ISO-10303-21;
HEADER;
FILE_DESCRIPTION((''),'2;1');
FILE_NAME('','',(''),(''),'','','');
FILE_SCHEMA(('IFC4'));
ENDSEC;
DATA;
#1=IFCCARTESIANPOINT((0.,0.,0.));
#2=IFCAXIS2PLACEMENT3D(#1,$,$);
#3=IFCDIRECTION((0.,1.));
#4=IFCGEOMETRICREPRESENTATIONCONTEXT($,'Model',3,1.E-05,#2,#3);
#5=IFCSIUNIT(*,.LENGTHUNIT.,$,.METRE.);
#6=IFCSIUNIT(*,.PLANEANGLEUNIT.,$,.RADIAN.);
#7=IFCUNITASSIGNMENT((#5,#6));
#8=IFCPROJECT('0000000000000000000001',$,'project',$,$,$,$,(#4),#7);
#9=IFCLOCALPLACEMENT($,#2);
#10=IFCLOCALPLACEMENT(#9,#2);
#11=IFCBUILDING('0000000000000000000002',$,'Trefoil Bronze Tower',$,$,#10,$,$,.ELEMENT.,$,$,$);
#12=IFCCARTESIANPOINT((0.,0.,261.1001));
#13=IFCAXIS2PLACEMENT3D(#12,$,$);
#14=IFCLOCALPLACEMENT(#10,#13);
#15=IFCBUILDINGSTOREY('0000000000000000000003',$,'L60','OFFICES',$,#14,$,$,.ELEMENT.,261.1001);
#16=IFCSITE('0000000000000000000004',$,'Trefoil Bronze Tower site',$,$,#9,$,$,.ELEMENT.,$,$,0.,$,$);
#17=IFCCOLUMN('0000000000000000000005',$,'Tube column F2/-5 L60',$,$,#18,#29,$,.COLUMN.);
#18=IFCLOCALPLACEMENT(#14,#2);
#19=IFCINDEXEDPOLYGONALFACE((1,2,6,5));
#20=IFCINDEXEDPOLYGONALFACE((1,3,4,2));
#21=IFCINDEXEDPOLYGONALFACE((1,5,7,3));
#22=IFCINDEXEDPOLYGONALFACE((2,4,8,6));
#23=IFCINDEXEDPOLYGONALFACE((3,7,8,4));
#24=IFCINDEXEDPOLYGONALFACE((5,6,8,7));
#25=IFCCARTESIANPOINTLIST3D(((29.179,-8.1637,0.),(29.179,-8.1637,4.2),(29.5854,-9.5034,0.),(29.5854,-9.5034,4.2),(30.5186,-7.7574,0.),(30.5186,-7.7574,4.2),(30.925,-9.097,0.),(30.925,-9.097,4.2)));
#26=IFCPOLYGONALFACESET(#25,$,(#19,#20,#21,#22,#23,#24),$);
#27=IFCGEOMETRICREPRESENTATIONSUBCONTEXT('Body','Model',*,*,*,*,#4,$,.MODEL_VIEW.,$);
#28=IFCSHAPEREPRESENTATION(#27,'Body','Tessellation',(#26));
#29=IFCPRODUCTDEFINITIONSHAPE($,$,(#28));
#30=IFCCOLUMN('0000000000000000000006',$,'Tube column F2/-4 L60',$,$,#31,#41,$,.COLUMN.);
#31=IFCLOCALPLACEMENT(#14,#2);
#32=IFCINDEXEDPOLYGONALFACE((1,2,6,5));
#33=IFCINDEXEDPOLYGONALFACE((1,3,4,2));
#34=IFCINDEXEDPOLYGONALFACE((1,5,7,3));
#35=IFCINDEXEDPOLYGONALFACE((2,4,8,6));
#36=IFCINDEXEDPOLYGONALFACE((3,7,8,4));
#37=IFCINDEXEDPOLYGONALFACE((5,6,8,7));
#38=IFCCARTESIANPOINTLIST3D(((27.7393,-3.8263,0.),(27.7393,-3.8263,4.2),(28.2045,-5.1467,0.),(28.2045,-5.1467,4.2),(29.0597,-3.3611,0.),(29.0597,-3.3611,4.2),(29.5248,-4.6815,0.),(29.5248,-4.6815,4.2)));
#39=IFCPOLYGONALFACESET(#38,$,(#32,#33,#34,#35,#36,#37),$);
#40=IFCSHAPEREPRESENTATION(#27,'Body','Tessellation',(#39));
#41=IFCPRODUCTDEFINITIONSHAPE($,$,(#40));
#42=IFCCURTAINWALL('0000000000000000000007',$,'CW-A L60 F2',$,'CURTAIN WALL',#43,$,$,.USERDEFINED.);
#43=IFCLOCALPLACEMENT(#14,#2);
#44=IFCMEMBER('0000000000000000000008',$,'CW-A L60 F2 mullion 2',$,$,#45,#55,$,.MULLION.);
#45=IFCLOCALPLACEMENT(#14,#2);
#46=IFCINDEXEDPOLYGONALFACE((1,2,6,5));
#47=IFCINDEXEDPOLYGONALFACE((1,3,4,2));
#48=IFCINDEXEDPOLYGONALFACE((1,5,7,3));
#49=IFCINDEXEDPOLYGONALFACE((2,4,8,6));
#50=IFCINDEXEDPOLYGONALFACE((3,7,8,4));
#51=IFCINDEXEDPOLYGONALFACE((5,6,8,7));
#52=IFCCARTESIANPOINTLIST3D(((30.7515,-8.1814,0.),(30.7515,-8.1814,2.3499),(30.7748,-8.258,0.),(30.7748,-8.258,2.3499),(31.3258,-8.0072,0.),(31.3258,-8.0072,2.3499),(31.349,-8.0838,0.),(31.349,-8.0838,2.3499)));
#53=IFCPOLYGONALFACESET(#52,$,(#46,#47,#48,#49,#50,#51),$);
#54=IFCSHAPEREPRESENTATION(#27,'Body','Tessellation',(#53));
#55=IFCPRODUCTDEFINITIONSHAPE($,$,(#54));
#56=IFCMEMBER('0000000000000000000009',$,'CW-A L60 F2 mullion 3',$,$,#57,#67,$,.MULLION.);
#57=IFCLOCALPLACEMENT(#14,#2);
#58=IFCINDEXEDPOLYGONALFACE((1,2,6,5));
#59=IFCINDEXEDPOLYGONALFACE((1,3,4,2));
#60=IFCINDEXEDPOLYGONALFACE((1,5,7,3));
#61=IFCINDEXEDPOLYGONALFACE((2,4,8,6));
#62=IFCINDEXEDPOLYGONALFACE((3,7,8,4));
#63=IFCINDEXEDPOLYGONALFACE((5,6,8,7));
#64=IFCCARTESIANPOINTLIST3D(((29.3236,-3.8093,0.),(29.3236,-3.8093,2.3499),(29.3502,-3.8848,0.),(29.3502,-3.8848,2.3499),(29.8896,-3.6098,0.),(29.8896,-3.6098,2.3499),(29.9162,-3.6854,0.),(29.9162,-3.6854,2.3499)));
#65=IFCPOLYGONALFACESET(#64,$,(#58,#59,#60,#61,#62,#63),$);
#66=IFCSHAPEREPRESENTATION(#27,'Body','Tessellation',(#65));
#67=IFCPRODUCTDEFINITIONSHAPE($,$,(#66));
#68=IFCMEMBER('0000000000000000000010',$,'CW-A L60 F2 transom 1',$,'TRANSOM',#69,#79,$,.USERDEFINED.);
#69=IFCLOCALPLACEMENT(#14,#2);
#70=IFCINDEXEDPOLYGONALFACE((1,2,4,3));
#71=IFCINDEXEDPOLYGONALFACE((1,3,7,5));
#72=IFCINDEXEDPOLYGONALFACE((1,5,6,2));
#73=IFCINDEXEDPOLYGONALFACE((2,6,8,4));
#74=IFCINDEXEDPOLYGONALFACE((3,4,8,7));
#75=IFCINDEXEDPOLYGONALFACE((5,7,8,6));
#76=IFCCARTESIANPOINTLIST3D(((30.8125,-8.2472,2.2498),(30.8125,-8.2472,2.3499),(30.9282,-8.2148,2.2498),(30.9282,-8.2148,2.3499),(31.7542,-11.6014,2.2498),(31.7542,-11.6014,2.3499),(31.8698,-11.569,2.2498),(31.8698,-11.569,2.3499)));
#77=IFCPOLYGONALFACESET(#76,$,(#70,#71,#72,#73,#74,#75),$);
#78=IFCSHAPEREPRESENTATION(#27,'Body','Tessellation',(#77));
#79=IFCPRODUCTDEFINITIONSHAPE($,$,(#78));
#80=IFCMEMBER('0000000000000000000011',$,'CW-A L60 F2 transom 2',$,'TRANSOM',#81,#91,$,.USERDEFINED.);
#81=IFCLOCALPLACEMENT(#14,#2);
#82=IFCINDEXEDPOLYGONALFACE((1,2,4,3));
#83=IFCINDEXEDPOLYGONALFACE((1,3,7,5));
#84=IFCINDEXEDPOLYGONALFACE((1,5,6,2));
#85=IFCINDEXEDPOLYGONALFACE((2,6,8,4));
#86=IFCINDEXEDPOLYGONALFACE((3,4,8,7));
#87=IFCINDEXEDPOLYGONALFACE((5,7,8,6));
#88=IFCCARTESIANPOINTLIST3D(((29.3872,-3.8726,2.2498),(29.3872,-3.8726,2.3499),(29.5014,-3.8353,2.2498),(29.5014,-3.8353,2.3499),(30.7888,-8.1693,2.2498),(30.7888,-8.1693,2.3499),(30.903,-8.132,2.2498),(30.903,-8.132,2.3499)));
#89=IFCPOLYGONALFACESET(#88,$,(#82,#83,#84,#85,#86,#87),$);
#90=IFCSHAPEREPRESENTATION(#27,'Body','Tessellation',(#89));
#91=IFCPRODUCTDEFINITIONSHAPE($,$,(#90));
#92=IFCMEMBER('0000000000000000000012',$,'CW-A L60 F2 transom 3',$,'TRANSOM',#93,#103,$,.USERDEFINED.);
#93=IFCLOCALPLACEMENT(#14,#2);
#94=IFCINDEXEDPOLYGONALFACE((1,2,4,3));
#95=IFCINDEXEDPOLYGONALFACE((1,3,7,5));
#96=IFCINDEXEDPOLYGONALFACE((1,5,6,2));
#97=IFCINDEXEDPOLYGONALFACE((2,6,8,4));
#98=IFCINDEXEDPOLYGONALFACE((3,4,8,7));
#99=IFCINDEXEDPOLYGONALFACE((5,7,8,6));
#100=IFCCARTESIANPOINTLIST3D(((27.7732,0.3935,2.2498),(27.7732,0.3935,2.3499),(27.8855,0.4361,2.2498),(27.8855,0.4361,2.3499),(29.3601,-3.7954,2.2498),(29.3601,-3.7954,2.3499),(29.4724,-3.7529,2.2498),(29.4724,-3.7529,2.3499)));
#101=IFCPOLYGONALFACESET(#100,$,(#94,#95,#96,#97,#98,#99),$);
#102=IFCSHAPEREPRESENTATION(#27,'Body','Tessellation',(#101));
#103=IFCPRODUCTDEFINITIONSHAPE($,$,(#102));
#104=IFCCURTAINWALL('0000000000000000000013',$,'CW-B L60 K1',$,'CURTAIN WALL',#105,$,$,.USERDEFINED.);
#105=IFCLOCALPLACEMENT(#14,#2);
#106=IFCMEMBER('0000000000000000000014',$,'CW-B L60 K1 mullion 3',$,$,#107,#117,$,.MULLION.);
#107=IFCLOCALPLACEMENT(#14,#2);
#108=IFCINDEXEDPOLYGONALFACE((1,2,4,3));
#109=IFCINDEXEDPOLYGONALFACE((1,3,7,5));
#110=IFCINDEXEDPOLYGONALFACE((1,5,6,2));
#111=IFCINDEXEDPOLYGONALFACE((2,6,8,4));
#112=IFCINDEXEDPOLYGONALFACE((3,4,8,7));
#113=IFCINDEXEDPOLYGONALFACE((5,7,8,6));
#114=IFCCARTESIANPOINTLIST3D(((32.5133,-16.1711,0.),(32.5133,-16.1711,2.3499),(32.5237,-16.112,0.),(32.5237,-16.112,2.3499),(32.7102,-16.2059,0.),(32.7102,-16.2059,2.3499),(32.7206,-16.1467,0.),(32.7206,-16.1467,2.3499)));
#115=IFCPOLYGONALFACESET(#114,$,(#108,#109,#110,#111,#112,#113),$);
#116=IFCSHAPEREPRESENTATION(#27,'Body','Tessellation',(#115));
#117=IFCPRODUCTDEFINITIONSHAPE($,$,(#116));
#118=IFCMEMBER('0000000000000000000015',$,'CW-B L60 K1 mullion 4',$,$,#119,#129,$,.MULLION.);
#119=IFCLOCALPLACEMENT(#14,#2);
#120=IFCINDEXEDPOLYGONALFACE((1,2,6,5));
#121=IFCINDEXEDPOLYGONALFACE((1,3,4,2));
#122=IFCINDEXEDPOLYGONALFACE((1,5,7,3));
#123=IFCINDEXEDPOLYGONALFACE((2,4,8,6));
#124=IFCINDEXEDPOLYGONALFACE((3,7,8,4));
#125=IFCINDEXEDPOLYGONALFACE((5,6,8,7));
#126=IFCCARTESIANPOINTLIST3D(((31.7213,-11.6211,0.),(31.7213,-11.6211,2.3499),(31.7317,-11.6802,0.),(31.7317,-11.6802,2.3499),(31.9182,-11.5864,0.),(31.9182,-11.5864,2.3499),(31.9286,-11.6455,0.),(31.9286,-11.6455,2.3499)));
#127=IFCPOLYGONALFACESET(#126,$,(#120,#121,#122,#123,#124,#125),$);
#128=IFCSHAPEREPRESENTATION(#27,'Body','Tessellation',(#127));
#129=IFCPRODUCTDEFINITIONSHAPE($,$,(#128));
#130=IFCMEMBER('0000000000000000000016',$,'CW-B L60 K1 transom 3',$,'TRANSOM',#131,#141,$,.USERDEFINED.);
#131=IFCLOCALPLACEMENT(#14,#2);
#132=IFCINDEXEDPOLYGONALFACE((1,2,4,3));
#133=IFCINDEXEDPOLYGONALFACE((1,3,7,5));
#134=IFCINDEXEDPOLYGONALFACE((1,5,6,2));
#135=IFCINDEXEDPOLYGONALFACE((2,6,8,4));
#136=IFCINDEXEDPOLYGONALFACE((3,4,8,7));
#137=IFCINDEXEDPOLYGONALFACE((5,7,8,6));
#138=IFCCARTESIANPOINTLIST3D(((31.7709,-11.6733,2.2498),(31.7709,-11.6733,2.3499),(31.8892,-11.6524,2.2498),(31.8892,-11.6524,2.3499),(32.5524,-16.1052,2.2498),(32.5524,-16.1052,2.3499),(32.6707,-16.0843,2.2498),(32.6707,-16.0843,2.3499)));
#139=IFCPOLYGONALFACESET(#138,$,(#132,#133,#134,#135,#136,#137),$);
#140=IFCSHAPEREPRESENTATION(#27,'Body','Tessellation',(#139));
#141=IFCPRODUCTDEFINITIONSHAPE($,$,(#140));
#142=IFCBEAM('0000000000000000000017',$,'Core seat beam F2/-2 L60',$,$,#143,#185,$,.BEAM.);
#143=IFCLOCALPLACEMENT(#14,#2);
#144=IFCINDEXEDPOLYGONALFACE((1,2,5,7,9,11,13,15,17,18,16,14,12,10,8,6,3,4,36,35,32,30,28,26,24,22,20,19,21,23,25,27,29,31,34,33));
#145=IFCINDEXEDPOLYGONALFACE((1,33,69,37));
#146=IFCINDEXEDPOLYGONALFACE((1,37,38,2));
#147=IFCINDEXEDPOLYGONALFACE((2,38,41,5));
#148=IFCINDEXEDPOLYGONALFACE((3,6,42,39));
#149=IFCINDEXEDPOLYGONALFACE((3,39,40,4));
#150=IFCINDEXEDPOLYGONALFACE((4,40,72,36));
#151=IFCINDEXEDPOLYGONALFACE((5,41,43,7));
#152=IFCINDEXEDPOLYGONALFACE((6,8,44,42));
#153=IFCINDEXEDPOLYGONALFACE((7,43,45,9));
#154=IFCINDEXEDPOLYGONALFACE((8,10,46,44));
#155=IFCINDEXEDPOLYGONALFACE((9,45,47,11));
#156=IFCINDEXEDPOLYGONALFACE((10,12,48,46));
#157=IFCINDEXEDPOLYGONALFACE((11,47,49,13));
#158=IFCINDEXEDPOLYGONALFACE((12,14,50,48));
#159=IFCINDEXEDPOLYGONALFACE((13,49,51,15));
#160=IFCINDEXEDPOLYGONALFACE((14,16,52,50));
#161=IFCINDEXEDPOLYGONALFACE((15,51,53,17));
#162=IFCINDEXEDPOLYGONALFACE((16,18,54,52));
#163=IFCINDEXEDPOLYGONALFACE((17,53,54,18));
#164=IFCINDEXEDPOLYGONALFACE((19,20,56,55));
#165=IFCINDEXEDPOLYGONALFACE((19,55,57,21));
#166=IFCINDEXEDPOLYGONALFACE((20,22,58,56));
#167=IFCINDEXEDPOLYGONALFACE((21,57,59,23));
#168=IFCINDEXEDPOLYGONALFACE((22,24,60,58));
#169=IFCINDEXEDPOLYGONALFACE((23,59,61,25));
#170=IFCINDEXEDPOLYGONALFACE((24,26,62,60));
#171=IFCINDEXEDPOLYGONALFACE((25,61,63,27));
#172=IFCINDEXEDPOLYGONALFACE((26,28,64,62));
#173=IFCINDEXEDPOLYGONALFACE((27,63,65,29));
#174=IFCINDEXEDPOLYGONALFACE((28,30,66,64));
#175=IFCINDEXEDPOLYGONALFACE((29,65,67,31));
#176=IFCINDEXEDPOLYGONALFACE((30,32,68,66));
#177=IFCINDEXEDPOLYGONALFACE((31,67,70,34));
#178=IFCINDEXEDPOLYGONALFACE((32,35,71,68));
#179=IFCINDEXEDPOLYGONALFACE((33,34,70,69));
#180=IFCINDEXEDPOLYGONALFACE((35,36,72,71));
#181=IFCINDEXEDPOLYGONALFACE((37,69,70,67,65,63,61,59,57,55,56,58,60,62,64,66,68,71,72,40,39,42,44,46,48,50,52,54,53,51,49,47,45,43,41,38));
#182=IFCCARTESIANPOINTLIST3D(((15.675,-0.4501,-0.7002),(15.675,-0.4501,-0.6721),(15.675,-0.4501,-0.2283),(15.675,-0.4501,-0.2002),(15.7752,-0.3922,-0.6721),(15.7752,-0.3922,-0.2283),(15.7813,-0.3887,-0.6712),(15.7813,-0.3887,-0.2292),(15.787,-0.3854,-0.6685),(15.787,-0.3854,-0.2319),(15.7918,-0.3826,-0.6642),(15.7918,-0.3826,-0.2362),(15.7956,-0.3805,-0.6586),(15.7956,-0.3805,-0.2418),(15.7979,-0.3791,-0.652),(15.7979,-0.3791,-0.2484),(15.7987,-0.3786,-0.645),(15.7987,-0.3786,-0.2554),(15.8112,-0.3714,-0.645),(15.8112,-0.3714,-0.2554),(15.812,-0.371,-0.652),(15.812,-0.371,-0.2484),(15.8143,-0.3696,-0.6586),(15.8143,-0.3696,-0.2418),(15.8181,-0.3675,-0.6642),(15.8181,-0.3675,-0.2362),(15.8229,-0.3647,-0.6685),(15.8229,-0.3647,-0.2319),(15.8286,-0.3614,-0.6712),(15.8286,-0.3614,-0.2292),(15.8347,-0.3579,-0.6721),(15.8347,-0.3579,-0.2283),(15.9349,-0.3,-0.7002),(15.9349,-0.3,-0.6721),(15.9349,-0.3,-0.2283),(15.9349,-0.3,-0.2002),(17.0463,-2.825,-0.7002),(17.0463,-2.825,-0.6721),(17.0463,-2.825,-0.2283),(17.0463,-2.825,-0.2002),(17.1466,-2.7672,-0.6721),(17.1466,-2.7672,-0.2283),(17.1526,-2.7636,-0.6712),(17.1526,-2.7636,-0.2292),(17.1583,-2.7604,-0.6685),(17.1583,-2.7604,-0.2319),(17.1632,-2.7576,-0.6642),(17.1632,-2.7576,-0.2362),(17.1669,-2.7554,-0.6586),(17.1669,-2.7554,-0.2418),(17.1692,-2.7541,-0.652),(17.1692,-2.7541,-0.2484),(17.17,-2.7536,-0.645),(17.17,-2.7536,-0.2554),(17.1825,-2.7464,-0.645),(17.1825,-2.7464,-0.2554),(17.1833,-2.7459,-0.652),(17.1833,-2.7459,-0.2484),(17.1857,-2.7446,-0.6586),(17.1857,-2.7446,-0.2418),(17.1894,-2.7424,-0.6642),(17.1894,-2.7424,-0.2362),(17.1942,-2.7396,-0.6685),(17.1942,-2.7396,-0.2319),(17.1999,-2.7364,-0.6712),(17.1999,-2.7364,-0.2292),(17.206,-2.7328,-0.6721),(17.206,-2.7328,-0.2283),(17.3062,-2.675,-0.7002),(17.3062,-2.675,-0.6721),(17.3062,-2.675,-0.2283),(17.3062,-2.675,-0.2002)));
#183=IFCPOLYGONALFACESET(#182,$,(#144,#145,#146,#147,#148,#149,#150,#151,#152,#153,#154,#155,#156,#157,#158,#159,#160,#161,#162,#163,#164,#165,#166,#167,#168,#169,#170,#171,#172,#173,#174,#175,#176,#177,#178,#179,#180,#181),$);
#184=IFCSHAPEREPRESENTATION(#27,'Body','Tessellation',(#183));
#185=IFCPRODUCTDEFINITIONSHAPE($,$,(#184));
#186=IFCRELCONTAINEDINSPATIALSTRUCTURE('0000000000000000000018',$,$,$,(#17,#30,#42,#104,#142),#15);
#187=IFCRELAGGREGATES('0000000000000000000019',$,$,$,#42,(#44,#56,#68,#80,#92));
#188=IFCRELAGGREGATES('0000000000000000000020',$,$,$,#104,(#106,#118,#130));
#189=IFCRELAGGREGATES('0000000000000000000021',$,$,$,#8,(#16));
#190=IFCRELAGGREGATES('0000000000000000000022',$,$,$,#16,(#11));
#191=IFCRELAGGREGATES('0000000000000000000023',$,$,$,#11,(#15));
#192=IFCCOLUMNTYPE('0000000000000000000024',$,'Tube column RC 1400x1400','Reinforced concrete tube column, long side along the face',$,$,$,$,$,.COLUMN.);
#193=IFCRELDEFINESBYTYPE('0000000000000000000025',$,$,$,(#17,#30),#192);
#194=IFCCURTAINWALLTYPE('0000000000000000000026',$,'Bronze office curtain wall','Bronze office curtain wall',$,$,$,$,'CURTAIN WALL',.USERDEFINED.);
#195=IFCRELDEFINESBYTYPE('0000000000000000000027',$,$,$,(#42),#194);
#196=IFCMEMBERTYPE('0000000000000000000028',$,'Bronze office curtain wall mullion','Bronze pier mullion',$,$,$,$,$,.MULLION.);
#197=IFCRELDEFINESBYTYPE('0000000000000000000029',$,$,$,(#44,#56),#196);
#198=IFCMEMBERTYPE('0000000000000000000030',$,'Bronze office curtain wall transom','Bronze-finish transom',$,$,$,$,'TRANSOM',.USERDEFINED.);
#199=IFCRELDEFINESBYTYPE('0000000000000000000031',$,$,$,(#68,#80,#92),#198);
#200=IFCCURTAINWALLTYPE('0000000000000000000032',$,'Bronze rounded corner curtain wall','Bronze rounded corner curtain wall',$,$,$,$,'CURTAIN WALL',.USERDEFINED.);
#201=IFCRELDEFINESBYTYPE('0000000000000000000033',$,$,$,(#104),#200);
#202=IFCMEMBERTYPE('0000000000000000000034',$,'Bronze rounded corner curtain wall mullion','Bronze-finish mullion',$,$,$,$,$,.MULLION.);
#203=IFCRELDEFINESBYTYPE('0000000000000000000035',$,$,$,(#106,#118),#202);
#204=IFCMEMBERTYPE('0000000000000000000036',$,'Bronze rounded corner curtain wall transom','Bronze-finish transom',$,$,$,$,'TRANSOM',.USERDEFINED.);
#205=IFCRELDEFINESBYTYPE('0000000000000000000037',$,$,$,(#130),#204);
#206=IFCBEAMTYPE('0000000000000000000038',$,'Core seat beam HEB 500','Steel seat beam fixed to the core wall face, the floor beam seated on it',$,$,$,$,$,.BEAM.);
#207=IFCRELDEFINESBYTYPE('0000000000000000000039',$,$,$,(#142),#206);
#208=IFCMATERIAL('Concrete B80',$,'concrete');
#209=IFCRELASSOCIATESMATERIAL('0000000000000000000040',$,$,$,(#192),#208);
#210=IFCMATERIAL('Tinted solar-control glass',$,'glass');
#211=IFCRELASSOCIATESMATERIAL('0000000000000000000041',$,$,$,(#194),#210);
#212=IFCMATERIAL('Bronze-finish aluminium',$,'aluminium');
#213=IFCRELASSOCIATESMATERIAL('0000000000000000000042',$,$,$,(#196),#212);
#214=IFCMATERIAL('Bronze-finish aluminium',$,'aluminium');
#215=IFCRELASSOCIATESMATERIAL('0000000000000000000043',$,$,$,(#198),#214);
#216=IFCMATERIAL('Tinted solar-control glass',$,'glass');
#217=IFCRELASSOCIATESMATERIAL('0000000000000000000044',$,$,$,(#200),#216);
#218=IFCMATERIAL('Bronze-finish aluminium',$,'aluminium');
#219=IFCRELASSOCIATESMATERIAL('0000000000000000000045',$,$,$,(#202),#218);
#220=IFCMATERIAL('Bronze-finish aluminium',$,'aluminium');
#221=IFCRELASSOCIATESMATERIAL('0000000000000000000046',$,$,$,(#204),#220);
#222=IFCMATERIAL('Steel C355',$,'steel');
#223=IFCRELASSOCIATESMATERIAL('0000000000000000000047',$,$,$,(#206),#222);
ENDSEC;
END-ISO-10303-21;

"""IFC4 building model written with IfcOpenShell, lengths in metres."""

from ifc_helpers import new_model, si_unit, direction, frame, origin, origin_2d, place, context, subcontext, project, spatial, rectangle, i_section, extrude, material, material_profile, profile_set, type_object, element, aggregate, save


model = new_model("IFC4")

# Units and contexts
model_context = context("Model", 3, precision=1e-05, world=origin(), true_north=direction((0.0, 1.0)))
body_context = subcontext(model_context, "Body", "Model", "MODEL_VIEW")
ifc_project = project(units=[si_unit("LENGTHUNIT", "METRE"), si_unit("PLANEANGLEUNIT", "RADIAN")], contexts=[model_context])

# Site, building, storey
site_placement = place(None, origin())
site = spatial("IfcSite", under=ifc_project, at=site_placement, Name="Trefoil Bronze Tower site", CompositionType="ELEMENT", RefElevation=0.0)
building_placement = place(site_placement, origin())
building = spatial("IfcBuilding", under=site, at=building_placement, Name="Trefoil Bronze Tower", CompositionType="ELEMENT")
storey_placement = place(building_placement, frame((0.0, 0.0, 261.1001)))
storey = spatial("IfcBuildingStorey", under=building, at=storey_placement, Name="L60", Description="OFFICES", CompositionType="ELEMENT", Elevation=261.1001)

# Columns
ifc_material_1 = material(Name="Concrete B80", Category="concrete")
ifc_material_profile_1 = material_profile(ifc_material_1, rectangle(XDim=1.3999, YDim=1.3999, at=origin_2d()), Name="RC 1400x1400")
ifc_profile_set_1 = profile_set([ifc_material_profile_1], Name="Concrete B80")
column_type = type_object("IfcColumnType", Name="Tube column RC 1400x1400", Description="Reinforced concrete tube column, long side along the face", PredefinedType="COLUMN", material=ifc_profile_set_1)
for number, where, z_axis, x_axis, name in (
    (1, (30.052, -8.6304, 0.0), (0.0, 0.0, 1.0), (-0.290278, 0.956942, 0.0), "Tube column F2/-5 L60"),
    (2, (28.6321, -4.2539, 0.0), (0.0, 0.0, 1.0), (-0.332282, 0.94318, 0.0), "Tube column F2/-4 L60"),
):
    element("IfcColumn", number, at=place(storey_placement, frame(where, z_axis=z_axis, x_axis=x_axis)), inside=storey, type_object=column_type, Name=name, PredefinedType="COLUMN", context=body_context, shape_type="SweptSolid", body=[
        extrude(rectangle(XDim=1.3999, YDim=1.3999, at=origin_2d()), origin(), (0.0, 0.0, 1.0), 4.2),
    ])

# Curtain walls, members
ifc_material_2 = material(Name="Tinted solar-control glass", Category="glass")
curtain_wall_type_1 = type_object("IfcCurtainWallType", Name="Bronze office curtain wall", Description="Bronze office curtain wall", ElementType="CURTAIN WALL", PredefinedType="USERDEFINED", material=ifc_material_2)
curtain_wall_1_placement = place(storey_placement, origin())
curtain_wall_1 = element("IfcCurtainWall", 3, at=curtain_wall_1_placement, inside=storey, type_object=curtain_wall_type_1, Name="CW-A L60 F2", ObjectType="CURTAIN WALL", PredefinedType="USERDEFINED")
ifc_material_3 = material(Name="Bronze-finish aluminium", Category="aluminium")
ifc_material_profile_2 = material_profile(ifc_material_3, rectangle(XDim=0.6001, YDim=0.0801, at=origin_2d()), Name="CW-A mullion")
ifc_profile_set_2 = profile_set([ifc_material_profile_2], Name="Bronze-finish aluminium")
member_type_1 = type_object("IfcMemberType", Name="Bronze office curtain wall mullion", Description="Bronze pier mullion", PredefinedType="MULLION", material=ifc_profile_set_2)
member_1_placement = place(storey_placement, frame((31.0503, -8.1326, 0.0), z_axis=(0.0, 0.0, 1.0), x_axis=(-0.956942, -0.290278, 0.0)))
member_1 = element("IfcMember", 4, at=member_1_placement, type_object=member_type_1, Name="CW-A L60 F2 mullion 2", PredefinedType="MULLION", context=body_context, shape_type="SweptSolid", body=[
    extrude(rectangle(XDim=0.6001, YDim=0.0801, at=origin_2d()), origin(), (0.0, 0.0, 1.0), 2.3499),
])
member_2_placement = place(storey_placement, frame((29.6199, -3.7473, 0.0), z_axis=(0.0, 0.0, 1.0), x_axis=(-0.94318, -0.332282, 0.0)))
member_2 = element("IfcMember", 5, at=member_2_placement, type_object=member_type_1, Name="CW-A L60 F2 mullion 3", PredefinedType="MULLION", context=body_context, shape_type="SweptSolid", body=[
    extrude(rectangle(XDim=0.6001, YDim=0.0801, at=origin_2d()), origin(), (0.0, 0.0, 1.0), 2.3499),
])
ifc_material_4 = material(Name="Bronze-finish aluminium", Category="aluminium")
ifc_material_profile_3 = material_profile(ifc_material_4, rectangle(XDim=0.1201, YDim=0.1001, at=origin_2d()), Name="CW-A transom")
ifc_profile_set_3 = profile_set([ifc_material_profile_3], Name="Bronze-finish aluminium")
member_type_2 = type_object("IfcMemberType", Name="Bronze office curtain wall transom", Description="Bronze-finish transom", ElementType="TRANSOM", PredefinedType="USERDEFINED", material=ifc_profile_set_3)
member_3_placement = place(storey_placement, frame((31.812, -11.5852, 2.2998), z_axis=(-0.270285, 0.96278, 0.0), x_axis=(-0.96278, -0.270285, 0.0)))
member_3 = element("IfcMember", 6, at=member_3_placement, type_object=member_type_2, Name="CW-A L60 F2 transom 1", ObjectType="TRANSOM", PredefinedType="USERDEFINED", context=body_context, shape_type="SweptSolid", body=[
    extrude(rectangle(XDim=0.1201, YDim=0.1001, at=origin_2d()), origin(), (0.0, 0.0, 1.0), 3.4839),
])
member_4_placement = place(storey_placement, frame((30.8459, -8.1506, 2.2998), z_axis=(-0.310128, 0.950695, 0.0), x_axis=(-0.950695, -0.310128, 0.0)))
member_4 = element("IfcMember", 7, at=member_4_placement, type_object=member_type_2, Name="CW-A L60 F2 transom 2", ObjectType="TRANSOM", PredefinedType="USERDEFINED", context=body_context, shape_type="SweptSolid", body=[
    extrude(rectangle(XDim=0.1201, YDim=0.1001, at=origin_2d()), origin(), (0.0, 0.0, 1.0), 4.5195),
])
member_5_placement = place(storey_placement, frame((29.4163, -3.7742, 2.2998), z_axis=(-0.354263, 0.935146, 0.0), x_axis=(-0.935146, -0.354263, 0.0)))
member_5 = element("IfcMember", 8, at=member_5_placement, type_object=member_type_2, Name="CW-A L60 F2 transom 3", ObjectType="TRANSOM", PredefinedType="USERDEFINED", context=body_context, shape_type="SweptSolid", body=[
    extrude(rectangle(XDim=0.1201, YDim=0.1001, at=origin_2d()), origin(), (0.0, 0.0, 1.0), 4.4795),
])
ifc_material_5 = material(Name="Tinted solar-control glass", Category="glass")
curtain_wall_type_2 = type_object("IfcCurtainWallType", Name="Bronze rounded corner curtain wall", Description="Bronze rounded corner curtain wall", ElementType="CURTAIN WALL", PredefinedType="USERDEFINED", material=ifc_material_5)
curtain_wall_2_placement = place(storey_placement, origin())
curtain_wall_2 = element("IfcCurtainWall", 9, at=curtain_wall_2_placement, inside=storey, type_object=curtain_wall_type_2, Name="CW-B L60 K1", ObjectType="CURTAIN WALL", PredefinedType="USERDEFINED")
ifc_material_6 = material(Name="Bronze-finish aluminium", Category="aluminium")
ifc_material_profile_4 = material_profile(ifc_material_6, rectangle(XDim=0.2, YDim=0.0601, at=origin_2d()), Name="CW-B mullion")
ifc_profile_set_4 = profile_set([ifc_material_profile_4], Name="Bronze-finish aluminium")
member_type_3 = type_object("IfcMemberType", Name="Bronze rounded corner curtain wall mullion", Description="Bronze-finish mullion", PredefinedType="MULLION", material=ifc_profile_set_4)
member_6_placement = place(storey_placement, frame((32.6169, -16.1589, 0.0), z_axis=(0.0, 0.0, 1.0), x_axis=(-0.984808, 0.173648, 0.0)))
member_6 = element("IfcMember", 10, at=member_6_placement, type_object=member_type_3, Name="CW-B L60 K1 mullion 3", PredefinedType="MULLION", context=body_context, shape_type="SweptSolid", body=[
    extrude(rectangle(XDim=0.2, YDim=0.0601, at=origin_2d()), origin(), (0.0, 0.0, 1.0), 2.3499),
])
member_7_placement = place(storey_placement, frame((31.825, -11.6333, 0.0), z_axis=(0.0, 0.0, 1.0), x_axis=(-0.984808, -0.173648, 0.0)))
member_7 = element("IfcMember", 11, at=member_7_placement, type_object=member_type_3, Name="CW-B L60 K1 mullion 4", PredefinedType="MULLION", context=body_context, shape_type="SweptSolid", body=[
    extrude(rectangle(XDim=0.2, YDim=0.0601, at=origin_2d()), origin(), (0.0, 0.0, 1.0), 2.3499),
])
ifc_material_7 = material(Name="Bronze-finish aluminium", Category="aluminium")
ifc_material_profile_5 = material_profile(ifc_material_7, rectangle(XDim=0.1201, YDim=0.1001, at=origin_2d()), Name="CW-B transom")
ifc_profile_set_5 = profile_set([ifc_material_profile_5], Name="Bronze-finish aluminium")
member_type_4 = type_object("IfcMemberType", Name="Bronze rounded corner curtain wall transom", Description="Bronze-finish transom", ElementType="TRANSOM", PredefinedType="USERDEFINED", material=ifc_profile_set_5)
member_8_placement = place(storey_placement, frame((32.6116, -16.0947, 2.2998), z_axis=(-0.173655, 0.984806, 0.0), x_axis=(-0.984806, -0.173655, 0.0)))
member_8 = element("IfcMember", 12, at=member_8_placement, type_object=member_type_4, Name="CW-B L60 K1 transom 3", ObjectType="TRANSOM", PredefinedType="USERDEFINED", context=body_context, shape_type="SweptSolid", body=[
    extrude(rectangle(XDim=0.1201, YDim=0.1001, at=origin_2d()), origin(), (0.0, 0.0, 1.0), 4.5002),
])

# Beam
ifc_material_8 = material(Name="Steel C355", Category="steel")
ifc_material_profile_6 = material_profile(ifc_material_8, i_section(OverallWidth=0.3, OverallDepth=0.5, WebThickness=0.0144, FlangeThickness=0.0281, FilletRadius=0.0271, at=origin_2d()), Name="HEB 500")
ifc_profile_set_6 = profile_set([ifc_material_profile_6], Name="Steel C355")
beam_type_1 = type_object("IfcBeamType", Name="Core seat beam HEB 500", Description="Steel seat beam fixed to the core wall face, the floor beam seated on it", PredefinedType="BEAM", material=ifc_profile_set_6)
beam_1_placement = place(storey_placement, frame((17.1763, -2.75, -0.4502), z_axis=(-0.500036, 0.866005, 0.0), x_axis=(-0.866005, -0.500036, 0.0)))
element("IfcBeam", 13, at=beam_1_placement, inside=storey, type_object=beam_type_1, Name="Core seat beam F2/-2 L60", PredefinedType="BEAM", context=body_context, shape_type="SweptSolid", body=[
    extrude(i_section(OverallWidth=0.3, OverallDepth=0.5, WebThickness=0.0144, FlangeThickness=0.0281, FilletRadius=0.0271, at=origin_2d()), origin(), (0.0, 0.0, 1.0), 2.7424),
])

aggregate(curtain_wall_1, [member_1, member_2, member_3, member_4, member_5])
aggregate(curtain_wall_2, [member_6, member_7, member_8])

save(model, "model.ifc")
